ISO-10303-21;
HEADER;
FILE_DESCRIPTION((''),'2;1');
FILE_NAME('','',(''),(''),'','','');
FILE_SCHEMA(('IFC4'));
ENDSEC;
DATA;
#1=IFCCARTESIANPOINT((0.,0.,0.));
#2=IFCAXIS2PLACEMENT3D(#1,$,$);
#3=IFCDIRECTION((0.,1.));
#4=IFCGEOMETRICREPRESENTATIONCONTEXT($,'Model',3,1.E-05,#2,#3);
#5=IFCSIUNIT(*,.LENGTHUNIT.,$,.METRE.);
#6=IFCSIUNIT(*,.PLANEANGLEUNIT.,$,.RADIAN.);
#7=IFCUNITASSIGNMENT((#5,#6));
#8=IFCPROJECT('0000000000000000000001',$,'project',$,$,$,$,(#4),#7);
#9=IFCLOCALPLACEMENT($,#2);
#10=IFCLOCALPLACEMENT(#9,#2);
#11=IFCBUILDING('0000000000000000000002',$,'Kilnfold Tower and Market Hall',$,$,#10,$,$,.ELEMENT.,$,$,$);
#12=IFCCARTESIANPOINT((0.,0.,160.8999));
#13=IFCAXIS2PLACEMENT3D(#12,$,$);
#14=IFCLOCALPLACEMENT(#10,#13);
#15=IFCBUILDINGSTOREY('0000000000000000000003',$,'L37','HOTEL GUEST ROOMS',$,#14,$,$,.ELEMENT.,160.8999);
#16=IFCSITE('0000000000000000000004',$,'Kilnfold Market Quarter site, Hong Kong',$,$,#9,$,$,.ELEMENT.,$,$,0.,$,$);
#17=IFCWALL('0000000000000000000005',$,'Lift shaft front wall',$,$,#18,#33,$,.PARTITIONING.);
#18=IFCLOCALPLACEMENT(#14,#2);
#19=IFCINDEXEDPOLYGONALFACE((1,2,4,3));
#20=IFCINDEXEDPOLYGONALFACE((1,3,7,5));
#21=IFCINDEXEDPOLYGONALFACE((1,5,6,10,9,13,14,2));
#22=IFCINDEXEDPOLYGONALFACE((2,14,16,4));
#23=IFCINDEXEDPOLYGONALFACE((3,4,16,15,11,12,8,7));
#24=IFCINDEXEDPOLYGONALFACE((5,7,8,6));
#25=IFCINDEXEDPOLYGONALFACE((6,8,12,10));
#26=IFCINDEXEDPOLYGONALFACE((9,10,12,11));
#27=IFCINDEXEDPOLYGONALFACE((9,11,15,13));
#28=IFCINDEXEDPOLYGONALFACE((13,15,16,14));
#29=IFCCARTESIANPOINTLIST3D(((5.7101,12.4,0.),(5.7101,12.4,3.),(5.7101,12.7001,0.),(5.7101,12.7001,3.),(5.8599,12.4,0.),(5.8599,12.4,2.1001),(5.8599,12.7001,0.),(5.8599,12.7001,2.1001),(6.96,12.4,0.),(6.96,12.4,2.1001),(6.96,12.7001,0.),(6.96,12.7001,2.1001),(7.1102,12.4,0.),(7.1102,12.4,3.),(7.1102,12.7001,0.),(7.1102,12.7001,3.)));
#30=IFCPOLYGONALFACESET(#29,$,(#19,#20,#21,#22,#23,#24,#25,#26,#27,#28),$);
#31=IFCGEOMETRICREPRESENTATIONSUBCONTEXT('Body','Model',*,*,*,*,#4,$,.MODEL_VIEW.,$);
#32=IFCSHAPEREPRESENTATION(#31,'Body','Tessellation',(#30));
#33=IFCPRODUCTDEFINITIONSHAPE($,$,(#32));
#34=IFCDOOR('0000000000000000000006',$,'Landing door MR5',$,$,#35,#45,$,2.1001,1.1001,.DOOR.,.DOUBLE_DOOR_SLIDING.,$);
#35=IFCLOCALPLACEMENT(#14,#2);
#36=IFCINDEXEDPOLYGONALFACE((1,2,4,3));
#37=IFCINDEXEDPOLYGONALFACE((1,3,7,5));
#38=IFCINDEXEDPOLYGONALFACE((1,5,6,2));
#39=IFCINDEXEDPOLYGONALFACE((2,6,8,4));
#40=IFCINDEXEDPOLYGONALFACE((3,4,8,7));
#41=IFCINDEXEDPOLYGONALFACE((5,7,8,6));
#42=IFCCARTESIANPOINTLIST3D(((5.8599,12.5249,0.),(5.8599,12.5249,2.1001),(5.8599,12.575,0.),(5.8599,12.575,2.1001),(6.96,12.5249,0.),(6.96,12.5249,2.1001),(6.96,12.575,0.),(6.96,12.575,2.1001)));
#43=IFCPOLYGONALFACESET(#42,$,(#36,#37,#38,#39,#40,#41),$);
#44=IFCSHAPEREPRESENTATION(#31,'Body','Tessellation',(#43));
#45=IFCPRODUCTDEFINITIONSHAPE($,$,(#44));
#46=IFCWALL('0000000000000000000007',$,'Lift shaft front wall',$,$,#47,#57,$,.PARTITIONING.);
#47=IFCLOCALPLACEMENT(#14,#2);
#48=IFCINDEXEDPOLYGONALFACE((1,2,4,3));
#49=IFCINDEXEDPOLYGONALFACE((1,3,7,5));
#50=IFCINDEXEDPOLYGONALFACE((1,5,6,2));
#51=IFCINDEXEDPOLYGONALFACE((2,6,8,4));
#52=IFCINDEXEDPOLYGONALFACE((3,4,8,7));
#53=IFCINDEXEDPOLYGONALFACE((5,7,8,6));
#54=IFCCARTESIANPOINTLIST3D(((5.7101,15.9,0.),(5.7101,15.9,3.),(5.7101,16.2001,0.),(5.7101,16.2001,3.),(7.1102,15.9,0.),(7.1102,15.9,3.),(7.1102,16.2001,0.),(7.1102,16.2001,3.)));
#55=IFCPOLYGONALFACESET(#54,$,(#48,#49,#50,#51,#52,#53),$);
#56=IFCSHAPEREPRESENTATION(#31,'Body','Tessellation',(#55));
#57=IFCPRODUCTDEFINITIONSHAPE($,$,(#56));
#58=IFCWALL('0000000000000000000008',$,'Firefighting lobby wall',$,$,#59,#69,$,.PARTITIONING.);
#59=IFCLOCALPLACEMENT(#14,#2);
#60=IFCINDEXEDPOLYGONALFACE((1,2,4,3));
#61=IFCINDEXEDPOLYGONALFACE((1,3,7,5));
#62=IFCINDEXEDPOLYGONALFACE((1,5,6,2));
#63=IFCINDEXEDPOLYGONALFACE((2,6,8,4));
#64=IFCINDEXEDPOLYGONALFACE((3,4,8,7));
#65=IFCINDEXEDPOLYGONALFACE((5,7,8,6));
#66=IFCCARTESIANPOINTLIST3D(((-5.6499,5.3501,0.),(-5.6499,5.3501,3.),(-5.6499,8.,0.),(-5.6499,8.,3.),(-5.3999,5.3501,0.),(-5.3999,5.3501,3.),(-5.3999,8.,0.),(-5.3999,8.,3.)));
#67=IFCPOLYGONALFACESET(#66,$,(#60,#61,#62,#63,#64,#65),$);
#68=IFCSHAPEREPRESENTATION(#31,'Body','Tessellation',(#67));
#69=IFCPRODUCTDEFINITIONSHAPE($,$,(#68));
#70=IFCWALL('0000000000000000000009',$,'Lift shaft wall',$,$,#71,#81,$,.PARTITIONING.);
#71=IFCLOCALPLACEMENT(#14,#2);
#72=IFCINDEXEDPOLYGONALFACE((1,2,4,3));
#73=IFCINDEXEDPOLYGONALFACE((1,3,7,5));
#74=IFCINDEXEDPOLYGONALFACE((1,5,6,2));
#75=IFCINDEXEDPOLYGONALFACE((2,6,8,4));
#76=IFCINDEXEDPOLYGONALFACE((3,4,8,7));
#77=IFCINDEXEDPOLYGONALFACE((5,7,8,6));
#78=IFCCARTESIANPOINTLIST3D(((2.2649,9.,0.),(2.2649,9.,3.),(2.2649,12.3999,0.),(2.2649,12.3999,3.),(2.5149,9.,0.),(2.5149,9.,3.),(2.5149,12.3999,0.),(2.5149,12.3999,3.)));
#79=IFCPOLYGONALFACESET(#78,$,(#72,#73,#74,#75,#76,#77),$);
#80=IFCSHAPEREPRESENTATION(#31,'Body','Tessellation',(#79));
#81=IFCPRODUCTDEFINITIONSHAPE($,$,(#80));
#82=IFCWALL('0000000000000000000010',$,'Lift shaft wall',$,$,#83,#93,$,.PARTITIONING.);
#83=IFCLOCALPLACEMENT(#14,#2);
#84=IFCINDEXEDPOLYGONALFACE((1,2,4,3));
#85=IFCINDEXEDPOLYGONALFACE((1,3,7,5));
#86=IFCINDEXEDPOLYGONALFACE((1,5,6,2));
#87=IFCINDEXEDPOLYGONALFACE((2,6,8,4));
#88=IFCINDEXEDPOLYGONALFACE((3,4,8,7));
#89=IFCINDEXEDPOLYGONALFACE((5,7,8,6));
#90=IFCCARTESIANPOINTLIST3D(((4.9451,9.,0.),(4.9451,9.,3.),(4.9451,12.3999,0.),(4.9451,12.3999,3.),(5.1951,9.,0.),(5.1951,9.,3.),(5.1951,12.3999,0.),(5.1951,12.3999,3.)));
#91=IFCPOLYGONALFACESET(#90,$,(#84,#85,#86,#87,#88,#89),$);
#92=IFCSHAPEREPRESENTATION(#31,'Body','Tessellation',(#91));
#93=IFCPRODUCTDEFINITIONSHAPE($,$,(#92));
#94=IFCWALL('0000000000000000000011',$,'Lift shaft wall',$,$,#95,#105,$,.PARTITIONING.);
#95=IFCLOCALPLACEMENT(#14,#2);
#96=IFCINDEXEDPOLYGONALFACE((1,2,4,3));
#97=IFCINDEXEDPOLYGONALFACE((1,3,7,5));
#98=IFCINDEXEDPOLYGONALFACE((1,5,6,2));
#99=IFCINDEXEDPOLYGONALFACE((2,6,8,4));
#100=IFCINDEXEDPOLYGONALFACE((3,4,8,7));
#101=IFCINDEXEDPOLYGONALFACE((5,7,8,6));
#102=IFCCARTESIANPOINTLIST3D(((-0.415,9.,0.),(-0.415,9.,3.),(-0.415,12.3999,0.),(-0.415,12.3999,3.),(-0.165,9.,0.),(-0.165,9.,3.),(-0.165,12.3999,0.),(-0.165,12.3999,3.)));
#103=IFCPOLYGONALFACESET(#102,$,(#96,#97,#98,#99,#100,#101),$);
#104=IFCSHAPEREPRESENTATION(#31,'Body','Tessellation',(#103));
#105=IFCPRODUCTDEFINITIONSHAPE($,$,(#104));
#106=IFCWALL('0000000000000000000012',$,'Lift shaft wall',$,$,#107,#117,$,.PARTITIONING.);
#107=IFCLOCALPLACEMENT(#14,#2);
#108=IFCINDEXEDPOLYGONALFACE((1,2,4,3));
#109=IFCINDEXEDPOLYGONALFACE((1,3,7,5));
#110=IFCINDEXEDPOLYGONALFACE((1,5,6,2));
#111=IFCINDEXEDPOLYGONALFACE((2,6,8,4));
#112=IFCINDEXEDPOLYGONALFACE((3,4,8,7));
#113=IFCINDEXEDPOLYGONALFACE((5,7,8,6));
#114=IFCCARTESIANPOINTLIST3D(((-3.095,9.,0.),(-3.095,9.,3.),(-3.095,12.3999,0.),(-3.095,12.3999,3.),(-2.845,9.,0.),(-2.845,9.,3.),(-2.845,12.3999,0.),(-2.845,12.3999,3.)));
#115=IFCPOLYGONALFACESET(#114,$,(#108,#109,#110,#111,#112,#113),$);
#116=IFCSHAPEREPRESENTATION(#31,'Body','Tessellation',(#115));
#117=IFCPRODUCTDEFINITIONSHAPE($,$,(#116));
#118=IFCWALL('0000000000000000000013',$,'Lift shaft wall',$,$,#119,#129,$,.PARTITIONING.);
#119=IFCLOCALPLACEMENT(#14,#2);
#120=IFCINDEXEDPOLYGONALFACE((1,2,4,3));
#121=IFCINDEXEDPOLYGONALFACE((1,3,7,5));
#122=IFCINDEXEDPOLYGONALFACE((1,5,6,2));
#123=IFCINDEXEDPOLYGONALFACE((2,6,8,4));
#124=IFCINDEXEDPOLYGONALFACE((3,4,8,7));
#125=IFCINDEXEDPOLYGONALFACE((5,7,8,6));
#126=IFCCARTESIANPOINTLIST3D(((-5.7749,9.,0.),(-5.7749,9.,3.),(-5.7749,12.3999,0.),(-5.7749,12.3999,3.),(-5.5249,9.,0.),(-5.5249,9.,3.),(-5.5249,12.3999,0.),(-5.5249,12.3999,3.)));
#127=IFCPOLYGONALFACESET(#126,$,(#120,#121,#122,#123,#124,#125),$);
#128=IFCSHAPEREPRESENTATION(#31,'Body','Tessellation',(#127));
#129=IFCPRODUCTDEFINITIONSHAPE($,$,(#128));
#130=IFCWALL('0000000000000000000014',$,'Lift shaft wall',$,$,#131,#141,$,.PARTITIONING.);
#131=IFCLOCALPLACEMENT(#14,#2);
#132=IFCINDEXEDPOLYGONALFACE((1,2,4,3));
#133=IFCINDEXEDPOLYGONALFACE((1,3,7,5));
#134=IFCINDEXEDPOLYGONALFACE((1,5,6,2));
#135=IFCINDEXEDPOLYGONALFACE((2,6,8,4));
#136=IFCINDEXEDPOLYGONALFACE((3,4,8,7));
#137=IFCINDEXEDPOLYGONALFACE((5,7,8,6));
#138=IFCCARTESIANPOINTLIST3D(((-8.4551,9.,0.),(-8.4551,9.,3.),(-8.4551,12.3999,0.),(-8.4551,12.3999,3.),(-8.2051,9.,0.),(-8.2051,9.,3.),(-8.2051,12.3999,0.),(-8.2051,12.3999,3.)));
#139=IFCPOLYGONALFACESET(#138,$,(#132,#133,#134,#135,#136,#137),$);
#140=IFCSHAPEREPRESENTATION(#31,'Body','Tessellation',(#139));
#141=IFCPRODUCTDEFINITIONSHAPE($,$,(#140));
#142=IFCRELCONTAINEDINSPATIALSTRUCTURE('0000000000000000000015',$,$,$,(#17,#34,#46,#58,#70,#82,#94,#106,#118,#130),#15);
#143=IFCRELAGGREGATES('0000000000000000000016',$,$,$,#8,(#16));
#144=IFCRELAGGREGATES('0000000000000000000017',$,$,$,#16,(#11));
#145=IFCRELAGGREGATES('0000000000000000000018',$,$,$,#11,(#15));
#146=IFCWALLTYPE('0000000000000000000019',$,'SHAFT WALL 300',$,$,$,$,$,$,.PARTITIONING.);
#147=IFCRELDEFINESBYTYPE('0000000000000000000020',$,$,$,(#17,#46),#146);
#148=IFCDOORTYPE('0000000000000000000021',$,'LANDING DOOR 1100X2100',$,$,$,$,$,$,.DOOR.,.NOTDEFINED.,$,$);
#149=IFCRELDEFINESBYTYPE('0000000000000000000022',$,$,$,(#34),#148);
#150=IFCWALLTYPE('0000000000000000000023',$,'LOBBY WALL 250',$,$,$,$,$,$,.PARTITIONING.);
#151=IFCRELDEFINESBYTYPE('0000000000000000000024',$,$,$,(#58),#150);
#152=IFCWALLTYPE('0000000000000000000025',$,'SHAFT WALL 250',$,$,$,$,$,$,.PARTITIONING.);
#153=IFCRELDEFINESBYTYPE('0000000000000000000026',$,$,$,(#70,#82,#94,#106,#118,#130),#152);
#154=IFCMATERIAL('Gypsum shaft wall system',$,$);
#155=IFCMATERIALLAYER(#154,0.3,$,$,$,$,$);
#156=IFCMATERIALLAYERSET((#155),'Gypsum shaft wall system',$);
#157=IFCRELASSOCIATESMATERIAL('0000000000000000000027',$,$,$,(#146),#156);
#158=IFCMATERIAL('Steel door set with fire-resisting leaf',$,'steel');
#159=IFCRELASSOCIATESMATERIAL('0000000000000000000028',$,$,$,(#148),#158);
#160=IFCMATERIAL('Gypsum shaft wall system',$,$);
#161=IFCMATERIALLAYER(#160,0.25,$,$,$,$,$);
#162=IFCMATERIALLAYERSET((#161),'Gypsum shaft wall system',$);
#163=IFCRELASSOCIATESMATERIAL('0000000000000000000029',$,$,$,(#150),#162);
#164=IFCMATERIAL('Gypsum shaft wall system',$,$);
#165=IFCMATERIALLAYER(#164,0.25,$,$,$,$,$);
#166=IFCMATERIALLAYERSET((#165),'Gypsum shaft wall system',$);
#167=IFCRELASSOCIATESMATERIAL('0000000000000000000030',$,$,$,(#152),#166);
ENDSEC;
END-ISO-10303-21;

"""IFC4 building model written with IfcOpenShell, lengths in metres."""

from ifc_helpers import new_model, si_unit, direction, frame, frame_2d, origin, place, context, subcontext, project, spatial, rectangle, extrude, source, transform, mapped, material, layer, layer_set, type_object, element, fill, save


model = new_model("IFC4")

# Units and contexts
model_context = context("Model", 3, precision=1e-05, world=origin(), true_north=direction((0.0, 1.0)))
body_context = subcontext(model_context, "Body", "Model", "MODEL_VIEW")
ifc_project = project(units=[si_unit("LENGTHUNIT", "METRE"), si_unit("PLANEANGLEUNIT", "RADIAN")], contexts=[model_context])

# Site, building, storey
site_placement = place(None, origin())
site = spatial("IfcSite", under=ifc_project, at=site_placement, Name="Kilnfold Market Quarter site, Hong Kong", CompositionType="ELEMENT", RefElevation=0.0)
building_placement = place(site_placement, origin())
building = spatial("IfcBuilding", under=site, at=building_placement, Name="Kilnfold Tower and Market Hall", CompositionType="ELEMENT")
storey_placement = place(building_placement, frame((0.0, 0.0, 160.8999)))
storey = spatial("IfcBuildingStorey", under=building, at=storey_placement, Name="L37", Description="HOTEL GUEST ROOMS", CompositionType="ELEMENT", Elevation=160.8999)

# Shared definitions
ifc_material_1 = material(Name="Gypsum shaft wall system")
ifc_layer_1 = layer(ifc_material_1, 0.3)
ifc_layer_set_1 = layer_set([ifc_layer_1], Name="Gypsum shaft wall system")
wall_type_1 = type_object("IfcWallType", Name="SHAFT WALL 300", PredefinedType="PARTITIONING", material=ifc_layer_set_1)
ifc_material_2 = material(Name="Steel door set with fire-resisting leaf", Category="steel")
door_type_1 = type_object("IfcDoorType", Name="LANDING DOOR 1100X2100", OperationType="NOTDEFINED", PredefinedType="DOOR", material=ifc_material_2)

# Wall, opening, door
shared_shape_1 = source(origin(), body_context, "Body", "SweptSolid", [
    extrude(rectangle(XDim=1.4001, YDim=0.3, at=frame_2d((0.7002, 0.0))), origin(), (0.0, 0.0, 1.0), 3.0),
])
wall_1_placement = place(storey_placement, frame((5.71, 12.55, 0.0), z_axis=(0.0, 0.0, 1.0), x_axis=(1.0, 0.0, 0.0)))
wall_1 = element("IfcWall", 1, at=wall_1_placement, inside=storey, type_object=wall_type_1, Name="Lift shaft front wall", PredefinedType="PARTITIONING", context=body_context, shape_type="MappedRepresentation", body=[
    mapped(shared_shape_1, transform((0.0, 0.0, 0.0))),
])
opening_1_placement = place(wall_1_placement, frame((0.1499, 0.0, 0.0)))
opening_1 = element("IfcOpeningElement", 2, at=opening_1_placement, cuts=wall_1, PredefinedType="OPENING", context=body_context, shape_type="SweptSolid", body=[
    extrude(rectangle(XDim=1.1001, YDim=2.1001, at=frame_2d((0.55, 1.05))), frame((0.0, 0.1602, 0.0), z_axis=(0.0, -1.0, 0.0), x_axis=(1.0, 0.0, 0.0)), (0.0, 0.0, 1.0), 0.3201),
])
door_1_placement = place(opening_1_placement, origin())
door_1 = element("IfcDoor", 3, at=door_1_placement, inside=storey, type_object=door_type_1, Name="Landing door MR5", OperationType="DOUBLE_DOOR_SLIDING", OverallHeight=2.1001, OverallWidth=1.1001, PredefinedType="DOOR", context=body_context, shape_type="SweptSolid", body=[
    extrude(rectangle(XDim=1.1001, YDim=2.1001, at=frame_2d((0.55, 1.05))), frame((0.0, 0.0249, 0.0), z_axis=(0.0, -1.0, 0.0), x_axis=(1.0, 0.0, 0.0)), (0.0, 0.0, 1.0), 0.05),
])
fill(opening_1, door_1)

# Walls
wall_2_placement = place(storey_placement, frame((5.71, 16.05, 0.0), z_axis=(0.0, 0.0, 1.0), x_axis=(1.0, 0.0, 0.0)))
element("IfcWall", 4, at=wall_2_placement, inside=storey, type_object=wall_type_1, Name="Lift shaft front wall", PredefinedType="PARTITIONING", context=body_context, shape_type="MappedRepresentation", body=[
    mapped(shared_shape_1, transform((0.0, 0.0, 0.0))),
])
ifc_material_3 = material(Name="Gypsum shaft wall system")
ifc_layer_2 = layer(ifc_material_3, 0.25)
ifc_layer_set_2 = layer_set([ifc_layer_2], Name="Gypsum shaft wall system")
wall_type_2 = type_object("IfcWallType", Name="LOBBY WALL 250", PredefinedType="PARTITIONING", material=ifc_layer_set_2)
shared_shape_2 = source(origin(), body_context, "Body", "SweptSolid", [
    extrude(rectangle(XDim=2.6499, YDim=0.25, at=frame_2d((1.325, 0.0))), origin(), (0.0, 0.0, 1.0), 3.0),
])
wall_3_placement = place(storey_placement, frame((-5.5249, 5.3501, 0.0), z_axis=(0.0, 0.0, 1.0), x_axis=(0.0, 1.0, 0.0)))
element("IfcWall", 5, at=wall_3_placement, inside=storey, type_object=wall_type_2, Name="Firefighting lobby wall", PredefinedType="PARTITIONING", context=body_context, shape_type="MappedRepresentation", body=[
    mapped(shared_shape_2, transform((0.0, 0.0, 0.0))),
])
ifc_material_4 = material(Name="Gypsum shaft wall system")
ifc_layer_3 = layer(ifc_material_4, 0.25)
ifc_layer_set_3 = layer_set([ifc_layer_3], Name="Gypsum shaft wall system")
wall_type_3 = type_object("IfcWallType", Name="SHAFT WALL 250", PredefinedType="PARTITIONING", material=ifc_layer_set_3)
shared_shape_3 = source(origin(), body_context, "Body", "SweptSolid", [
    extrude(rectangle(XDim=3.3999, YDim=0.25, at=frame_2d((1.7, 0.0))), origin(), (0.0, 0.0, 1.0), 3.0),
])
for number, where, z_axis, x_axis, name in (
    (6, (2.3899, 9.0, 0.0), (0.0, 0.0, 1.0), (0.0, 1.0, 0.0), "Lift shaft wall"),
    (7, (5.0701, 9.0, 0.0), (0.0, 0.0, 1.0), (0.0, 1.0, 0.0), "Lift shaft wall"),
    (8, (-0.29, 9.0, 0.0), (0.0, 0.0, 1.0), (0.0, 1.0, 0.0), "Lift shaft wall"),
    (9, (-2.97, 9.0, 0.0), (0.0, 0.0, 1.0), (0.0, 1.0, 0.0), "Lift shaft wall"),
    (10, (-5.6499, 9.0, 0.0), (0.0, 0.0, 1.0), (0.0, 1.0, 0.0), "Lift shaft wall"),
    (11, (-8.3301, 9.0, 0.0), (0.0, 0.0, 1.0), (0.0, 1.0, 0.0), "Lift shaft wall"),
):
    element("IfcWall", number, at=place(storey_placement, frame(where, z_axis=z_axis, x_axis=x_axis)), inside=storey, type_object=wall_type_3, Name=name, PredefinedType="PARTITIONING", context=body_context, shape_type="MappedRepresentation", body=[
        mapped(shared_shape_3, transform((0.0, 0.0, 0.0))),
    ])

save(model, "model.ifc")
